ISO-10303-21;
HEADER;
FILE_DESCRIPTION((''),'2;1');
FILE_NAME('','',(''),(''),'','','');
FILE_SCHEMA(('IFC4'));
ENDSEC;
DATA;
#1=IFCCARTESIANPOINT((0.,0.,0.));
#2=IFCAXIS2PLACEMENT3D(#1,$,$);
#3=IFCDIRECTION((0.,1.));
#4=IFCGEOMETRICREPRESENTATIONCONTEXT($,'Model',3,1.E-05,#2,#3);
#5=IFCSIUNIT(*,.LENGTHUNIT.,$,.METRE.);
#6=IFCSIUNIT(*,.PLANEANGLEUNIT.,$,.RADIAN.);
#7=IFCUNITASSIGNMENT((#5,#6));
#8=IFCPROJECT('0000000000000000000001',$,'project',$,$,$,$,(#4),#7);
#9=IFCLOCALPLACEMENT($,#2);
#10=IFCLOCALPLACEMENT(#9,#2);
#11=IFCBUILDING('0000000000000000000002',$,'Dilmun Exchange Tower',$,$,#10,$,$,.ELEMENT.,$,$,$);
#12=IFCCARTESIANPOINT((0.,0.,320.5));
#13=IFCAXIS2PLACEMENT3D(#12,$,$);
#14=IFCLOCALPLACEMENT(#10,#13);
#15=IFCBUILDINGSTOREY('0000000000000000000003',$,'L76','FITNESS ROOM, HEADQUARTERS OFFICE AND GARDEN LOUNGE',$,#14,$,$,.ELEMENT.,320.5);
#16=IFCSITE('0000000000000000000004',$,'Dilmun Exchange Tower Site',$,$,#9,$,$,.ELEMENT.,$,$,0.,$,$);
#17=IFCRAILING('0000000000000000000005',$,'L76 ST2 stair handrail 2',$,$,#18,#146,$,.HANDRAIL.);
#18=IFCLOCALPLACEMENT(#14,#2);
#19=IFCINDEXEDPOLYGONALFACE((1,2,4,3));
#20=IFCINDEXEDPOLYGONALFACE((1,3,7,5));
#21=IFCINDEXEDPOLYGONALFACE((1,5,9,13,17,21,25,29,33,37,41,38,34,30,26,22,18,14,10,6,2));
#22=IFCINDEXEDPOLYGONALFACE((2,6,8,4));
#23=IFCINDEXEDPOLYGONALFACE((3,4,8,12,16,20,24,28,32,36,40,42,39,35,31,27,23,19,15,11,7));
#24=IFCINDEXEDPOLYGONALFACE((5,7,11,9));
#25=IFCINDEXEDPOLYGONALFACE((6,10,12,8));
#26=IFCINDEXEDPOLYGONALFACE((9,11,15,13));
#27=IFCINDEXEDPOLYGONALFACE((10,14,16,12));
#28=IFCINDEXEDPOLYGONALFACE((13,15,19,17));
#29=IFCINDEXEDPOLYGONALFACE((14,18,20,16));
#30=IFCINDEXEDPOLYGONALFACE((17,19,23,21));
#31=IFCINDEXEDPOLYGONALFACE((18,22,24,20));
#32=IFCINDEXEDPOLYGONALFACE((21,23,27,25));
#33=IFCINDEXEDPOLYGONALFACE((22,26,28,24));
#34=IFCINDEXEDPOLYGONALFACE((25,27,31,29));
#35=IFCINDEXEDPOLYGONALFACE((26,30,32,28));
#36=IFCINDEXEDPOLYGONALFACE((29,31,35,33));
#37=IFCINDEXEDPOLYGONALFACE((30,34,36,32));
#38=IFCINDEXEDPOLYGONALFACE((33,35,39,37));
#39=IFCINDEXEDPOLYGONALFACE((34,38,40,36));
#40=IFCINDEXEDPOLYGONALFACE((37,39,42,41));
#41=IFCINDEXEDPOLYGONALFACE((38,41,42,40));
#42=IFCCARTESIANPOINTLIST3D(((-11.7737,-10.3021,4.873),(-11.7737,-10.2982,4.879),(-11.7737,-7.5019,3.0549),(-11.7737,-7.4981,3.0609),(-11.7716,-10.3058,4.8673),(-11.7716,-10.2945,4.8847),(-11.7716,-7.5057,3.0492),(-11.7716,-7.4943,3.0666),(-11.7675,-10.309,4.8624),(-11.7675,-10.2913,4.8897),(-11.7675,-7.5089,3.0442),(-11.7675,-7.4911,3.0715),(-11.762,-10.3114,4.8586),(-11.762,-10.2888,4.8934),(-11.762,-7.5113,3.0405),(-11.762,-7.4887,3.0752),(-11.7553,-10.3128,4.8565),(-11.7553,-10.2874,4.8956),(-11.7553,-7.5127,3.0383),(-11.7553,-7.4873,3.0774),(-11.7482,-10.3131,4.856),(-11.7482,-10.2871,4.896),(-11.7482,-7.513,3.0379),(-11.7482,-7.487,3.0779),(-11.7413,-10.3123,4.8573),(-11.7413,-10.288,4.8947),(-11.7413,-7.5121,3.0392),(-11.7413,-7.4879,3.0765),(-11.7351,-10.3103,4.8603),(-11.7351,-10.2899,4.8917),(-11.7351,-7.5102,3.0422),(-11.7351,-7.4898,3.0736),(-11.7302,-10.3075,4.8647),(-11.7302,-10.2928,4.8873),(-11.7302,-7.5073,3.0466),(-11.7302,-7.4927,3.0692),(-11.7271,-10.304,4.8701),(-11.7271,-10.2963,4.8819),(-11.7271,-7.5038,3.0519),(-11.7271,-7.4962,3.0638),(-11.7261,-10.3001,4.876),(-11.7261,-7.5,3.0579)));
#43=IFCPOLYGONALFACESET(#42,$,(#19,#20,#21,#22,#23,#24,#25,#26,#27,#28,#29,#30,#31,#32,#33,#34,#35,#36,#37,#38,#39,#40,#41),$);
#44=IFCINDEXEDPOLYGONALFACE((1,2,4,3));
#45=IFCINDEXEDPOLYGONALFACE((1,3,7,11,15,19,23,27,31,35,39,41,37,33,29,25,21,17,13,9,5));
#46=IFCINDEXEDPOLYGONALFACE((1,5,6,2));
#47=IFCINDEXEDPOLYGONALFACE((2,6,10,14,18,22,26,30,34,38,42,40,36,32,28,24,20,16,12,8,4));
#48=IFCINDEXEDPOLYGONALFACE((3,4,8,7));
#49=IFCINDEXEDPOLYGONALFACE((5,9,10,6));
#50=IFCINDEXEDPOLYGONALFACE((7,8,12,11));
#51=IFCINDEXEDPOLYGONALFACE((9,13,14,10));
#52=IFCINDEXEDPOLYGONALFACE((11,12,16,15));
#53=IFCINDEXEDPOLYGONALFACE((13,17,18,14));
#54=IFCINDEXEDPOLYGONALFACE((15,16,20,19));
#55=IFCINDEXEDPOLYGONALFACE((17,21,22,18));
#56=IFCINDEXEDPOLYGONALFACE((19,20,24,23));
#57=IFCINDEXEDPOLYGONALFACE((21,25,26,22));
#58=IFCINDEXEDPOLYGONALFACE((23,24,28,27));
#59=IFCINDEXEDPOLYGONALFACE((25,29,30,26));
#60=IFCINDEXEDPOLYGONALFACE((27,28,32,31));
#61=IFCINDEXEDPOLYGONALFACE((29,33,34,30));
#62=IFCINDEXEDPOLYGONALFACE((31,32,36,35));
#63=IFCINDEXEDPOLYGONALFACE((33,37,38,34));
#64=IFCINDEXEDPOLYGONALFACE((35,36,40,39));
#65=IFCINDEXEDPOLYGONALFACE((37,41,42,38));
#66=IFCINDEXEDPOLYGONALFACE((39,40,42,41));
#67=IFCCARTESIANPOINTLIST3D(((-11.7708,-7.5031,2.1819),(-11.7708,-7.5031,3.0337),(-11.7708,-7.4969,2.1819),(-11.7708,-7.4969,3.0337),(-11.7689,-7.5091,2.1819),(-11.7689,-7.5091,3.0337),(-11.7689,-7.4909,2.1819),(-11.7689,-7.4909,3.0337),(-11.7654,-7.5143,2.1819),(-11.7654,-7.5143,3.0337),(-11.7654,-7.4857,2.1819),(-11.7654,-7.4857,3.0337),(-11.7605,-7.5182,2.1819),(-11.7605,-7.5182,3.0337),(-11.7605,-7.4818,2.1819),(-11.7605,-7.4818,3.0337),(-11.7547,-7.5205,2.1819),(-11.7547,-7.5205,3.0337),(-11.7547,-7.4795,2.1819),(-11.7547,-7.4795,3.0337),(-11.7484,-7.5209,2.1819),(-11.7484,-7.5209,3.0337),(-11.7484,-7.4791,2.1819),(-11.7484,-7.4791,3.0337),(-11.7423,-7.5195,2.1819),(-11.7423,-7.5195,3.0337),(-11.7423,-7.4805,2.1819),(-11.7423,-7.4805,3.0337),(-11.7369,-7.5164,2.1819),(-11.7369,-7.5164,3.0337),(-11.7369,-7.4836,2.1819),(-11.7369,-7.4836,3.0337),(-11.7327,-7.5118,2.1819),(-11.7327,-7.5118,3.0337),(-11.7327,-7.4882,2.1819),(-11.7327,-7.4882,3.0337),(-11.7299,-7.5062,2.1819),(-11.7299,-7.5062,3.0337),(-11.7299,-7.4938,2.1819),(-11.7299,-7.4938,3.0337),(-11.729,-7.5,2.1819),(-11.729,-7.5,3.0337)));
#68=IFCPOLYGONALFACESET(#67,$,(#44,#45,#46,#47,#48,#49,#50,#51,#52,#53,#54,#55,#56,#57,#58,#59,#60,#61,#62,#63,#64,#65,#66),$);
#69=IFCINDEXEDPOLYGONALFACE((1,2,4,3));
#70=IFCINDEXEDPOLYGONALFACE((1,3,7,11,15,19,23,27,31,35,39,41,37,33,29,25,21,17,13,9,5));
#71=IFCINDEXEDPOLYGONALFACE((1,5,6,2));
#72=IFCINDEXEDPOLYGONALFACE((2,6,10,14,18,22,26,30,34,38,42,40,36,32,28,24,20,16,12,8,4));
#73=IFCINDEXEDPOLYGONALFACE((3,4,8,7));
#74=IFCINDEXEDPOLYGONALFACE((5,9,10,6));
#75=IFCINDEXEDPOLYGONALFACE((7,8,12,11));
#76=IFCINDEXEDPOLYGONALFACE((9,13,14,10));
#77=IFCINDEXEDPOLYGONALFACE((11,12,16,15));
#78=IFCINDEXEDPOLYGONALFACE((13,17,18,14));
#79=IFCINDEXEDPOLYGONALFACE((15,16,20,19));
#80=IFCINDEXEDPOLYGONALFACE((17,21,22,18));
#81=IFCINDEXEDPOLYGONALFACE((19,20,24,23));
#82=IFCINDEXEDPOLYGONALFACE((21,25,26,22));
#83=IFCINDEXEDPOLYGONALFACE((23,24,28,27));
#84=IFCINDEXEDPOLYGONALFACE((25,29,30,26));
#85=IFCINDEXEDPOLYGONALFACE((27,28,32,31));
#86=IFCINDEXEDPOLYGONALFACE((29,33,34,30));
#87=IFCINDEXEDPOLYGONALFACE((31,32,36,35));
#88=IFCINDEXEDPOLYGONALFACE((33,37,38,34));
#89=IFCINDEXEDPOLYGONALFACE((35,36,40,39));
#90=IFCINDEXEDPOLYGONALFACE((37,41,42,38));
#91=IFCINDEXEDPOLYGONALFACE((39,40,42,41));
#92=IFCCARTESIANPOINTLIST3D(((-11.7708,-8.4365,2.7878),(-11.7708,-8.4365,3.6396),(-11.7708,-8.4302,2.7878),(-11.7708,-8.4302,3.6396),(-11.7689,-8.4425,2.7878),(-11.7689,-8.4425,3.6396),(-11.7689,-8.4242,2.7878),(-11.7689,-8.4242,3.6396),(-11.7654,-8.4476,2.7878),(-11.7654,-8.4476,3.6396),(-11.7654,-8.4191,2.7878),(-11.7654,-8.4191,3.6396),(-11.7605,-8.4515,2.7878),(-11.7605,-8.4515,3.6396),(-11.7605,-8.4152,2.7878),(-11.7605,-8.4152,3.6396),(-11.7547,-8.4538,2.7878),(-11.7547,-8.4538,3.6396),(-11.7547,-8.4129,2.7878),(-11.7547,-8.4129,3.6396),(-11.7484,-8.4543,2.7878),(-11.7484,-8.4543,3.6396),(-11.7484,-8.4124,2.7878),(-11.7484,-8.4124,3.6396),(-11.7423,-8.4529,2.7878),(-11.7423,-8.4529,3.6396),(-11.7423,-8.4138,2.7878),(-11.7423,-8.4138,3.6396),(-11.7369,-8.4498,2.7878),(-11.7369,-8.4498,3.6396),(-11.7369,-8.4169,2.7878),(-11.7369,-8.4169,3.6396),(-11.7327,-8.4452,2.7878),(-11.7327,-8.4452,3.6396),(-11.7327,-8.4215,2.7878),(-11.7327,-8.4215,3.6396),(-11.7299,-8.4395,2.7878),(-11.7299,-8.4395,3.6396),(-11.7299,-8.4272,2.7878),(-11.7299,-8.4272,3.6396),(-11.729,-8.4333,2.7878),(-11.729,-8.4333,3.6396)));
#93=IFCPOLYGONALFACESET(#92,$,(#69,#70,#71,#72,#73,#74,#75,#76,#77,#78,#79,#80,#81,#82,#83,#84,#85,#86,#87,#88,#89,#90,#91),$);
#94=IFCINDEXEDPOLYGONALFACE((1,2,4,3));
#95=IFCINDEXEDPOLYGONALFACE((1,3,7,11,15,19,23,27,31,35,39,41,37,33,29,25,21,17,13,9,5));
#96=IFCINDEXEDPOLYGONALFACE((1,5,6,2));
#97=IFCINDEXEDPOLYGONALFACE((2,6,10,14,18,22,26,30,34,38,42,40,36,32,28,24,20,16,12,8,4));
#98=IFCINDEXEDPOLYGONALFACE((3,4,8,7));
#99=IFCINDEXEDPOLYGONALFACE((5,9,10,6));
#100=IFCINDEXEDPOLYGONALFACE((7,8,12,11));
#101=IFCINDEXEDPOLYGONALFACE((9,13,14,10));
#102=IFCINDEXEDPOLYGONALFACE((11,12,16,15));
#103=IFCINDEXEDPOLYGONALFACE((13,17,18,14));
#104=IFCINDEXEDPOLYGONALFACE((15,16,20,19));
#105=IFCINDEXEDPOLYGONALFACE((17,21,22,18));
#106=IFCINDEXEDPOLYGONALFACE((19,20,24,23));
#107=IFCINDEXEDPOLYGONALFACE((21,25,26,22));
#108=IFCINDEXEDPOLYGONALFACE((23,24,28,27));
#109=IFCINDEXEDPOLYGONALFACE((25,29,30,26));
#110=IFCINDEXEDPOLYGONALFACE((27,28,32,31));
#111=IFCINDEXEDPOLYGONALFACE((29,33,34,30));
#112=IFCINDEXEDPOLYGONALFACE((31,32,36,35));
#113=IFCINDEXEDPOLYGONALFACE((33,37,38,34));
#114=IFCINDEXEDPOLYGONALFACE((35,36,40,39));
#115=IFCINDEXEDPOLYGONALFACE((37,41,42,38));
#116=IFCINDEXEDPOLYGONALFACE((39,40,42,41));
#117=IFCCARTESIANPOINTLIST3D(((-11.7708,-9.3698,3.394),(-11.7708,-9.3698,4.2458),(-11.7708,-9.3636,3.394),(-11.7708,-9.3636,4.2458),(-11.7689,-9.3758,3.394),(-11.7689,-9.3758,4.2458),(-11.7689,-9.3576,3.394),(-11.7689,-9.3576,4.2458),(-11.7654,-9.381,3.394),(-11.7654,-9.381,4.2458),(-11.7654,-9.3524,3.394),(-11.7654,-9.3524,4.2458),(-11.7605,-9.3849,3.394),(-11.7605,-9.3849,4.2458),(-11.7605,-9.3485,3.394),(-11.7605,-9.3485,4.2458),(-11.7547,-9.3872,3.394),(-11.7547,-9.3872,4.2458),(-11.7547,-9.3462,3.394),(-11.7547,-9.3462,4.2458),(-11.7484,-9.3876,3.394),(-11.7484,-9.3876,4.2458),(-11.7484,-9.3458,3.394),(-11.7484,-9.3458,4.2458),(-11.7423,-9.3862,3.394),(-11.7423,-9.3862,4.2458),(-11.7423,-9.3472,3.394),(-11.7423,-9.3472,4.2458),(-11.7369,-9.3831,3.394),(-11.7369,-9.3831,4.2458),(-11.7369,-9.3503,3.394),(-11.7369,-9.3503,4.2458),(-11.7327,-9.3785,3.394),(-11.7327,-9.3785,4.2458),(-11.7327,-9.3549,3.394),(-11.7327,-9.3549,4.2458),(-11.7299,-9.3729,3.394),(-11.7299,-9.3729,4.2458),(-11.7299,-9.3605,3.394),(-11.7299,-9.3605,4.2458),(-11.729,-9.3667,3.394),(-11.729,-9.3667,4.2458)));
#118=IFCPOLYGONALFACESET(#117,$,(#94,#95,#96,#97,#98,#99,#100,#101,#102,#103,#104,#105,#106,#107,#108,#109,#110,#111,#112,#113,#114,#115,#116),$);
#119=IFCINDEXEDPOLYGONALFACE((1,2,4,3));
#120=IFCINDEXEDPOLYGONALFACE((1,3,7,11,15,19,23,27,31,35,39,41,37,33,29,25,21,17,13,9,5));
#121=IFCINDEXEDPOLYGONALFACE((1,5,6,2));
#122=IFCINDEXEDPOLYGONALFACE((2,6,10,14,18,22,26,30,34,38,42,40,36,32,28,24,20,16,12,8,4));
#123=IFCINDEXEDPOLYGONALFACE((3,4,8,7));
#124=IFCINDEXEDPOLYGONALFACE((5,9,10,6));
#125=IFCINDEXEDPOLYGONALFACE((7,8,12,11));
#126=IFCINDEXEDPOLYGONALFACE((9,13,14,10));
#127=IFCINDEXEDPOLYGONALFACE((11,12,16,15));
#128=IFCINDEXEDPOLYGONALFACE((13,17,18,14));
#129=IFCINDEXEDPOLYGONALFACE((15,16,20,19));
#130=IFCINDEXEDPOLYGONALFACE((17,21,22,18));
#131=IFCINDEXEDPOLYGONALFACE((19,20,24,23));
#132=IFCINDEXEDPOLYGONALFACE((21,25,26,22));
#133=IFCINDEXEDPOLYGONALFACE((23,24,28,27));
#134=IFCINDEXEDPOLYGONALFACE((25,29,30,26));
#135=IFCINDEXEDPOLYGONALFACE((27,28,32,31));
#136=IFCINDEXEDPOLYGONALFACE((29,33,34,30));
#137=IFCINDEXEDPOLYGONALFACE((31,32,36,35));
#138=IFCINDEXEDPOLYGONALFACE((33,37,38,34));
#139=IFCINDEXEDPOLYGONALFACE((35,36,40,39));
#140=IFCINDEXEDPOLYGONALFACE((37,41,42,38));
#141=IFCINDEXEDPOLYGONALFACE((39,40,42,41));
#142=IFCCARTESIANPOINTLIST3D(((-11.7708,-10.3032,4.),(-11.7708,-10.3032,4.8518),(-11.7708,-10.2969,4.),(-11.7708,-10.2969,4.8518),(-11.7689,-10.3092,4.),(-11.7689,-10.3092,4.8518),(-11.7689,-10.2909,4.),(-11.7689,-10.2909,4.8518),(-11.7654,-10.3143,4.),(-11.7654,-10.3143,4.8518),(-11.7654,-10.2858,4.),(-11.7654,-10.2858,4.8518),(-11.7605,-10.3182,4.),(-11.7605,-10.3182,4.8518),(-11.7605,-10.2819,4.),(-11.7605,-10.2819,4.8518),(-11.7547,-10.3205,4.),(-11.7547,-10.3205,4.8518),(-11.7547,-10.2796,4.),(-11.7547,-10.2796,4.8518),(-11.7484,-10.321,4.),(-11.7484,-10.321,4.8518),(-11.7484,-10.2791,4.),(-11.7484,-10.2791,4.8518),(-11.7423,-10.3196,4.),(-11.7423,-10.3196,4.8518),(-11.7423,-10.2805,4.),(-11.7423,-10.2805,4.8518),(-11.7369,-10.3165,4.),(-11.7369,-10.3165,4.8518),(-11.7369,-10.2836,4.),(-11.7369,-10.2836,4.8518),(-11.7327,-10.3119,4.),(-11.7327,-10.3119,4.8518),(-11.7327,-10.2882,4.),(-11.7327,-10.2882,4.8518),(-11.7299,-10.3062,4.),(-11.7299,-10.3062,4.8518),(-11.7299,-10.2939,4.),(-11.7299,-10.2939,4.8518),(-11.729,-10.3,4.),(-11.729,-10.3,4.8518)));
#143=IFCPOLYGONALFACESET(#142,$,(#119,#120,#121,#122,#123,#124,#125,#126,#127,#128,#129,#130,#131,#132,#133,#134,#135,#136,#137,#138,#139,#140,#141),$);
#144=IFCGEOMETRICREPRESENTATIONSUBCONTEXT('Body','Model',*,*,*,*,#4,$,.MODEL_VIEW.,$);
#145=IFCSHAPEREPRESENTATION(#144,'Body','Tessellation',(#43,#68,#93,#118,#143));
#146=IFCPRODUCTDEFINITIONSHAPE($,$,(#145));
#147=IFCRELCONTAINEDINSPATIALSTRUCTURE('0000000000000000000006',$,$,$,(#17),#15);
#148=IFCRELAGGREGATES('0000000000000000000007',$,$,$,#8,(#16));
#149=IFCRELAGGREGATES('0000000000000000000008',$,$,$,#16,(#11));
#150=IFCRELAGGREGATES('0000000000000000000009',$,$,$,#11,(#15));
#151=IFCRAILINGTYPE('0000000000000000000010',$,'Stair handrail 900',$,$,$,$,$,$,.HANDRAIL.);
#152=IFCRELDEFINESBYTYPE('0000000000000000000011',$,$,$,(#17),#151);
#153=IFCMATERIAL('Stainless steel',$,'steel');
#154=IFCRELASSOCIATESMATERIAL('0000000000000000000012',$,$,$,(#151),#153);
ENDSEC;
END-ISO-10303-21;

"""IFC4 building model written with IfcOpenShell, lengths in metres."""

from ifc_helpers import new_model, si_unit, direction, frame, origin, origin_2d, place, context, subcontext, project, spatial, circle, extrude, material, type_object, element, save


model = new_model("IFC4")

# Units and contexts
model_context = context("Model", 3, precision=1e-05, world=origin(), true_north=direction((0.0, 1.0)))
body_context = subcontext(model_context, "Body", "Model", "MODEL_VIEW")
ifc_project = project(units=[si_unit("LENGTHUNIT", "METRE"), si_unit("PLANEANGLEUNIT", "RADIAN")], contexts=[model_context])

# Site, building, storey
site_placement = place(None, origin())
site = spatial("IfcSite", under=ifc_project, at=site_placement, Name="Dilmun Exchange Tower Site", CompositionType="ELEMENT", RefElevation=0.0)
building_placement = place(site_placement, origin())
building = spatial("IfcBuilding", under=site, at=building_placement, Name="Dilmun Exchange Tower", CompositionType="ELEMENT")
storey_placement = place(building_placement, frame((0.0, 0.0, 320.5)))
storey = spatial("IfcBuildingStorey", under=building, at=storey_placement, Name="L76", Description="FITNESS ROOM, HEADQUARTERS OFFICE AND GARDEN LOUNGE", CompositionType="ELEMENT", Elevation=320.5)

# Railing
ifc_material_1 = material(Name="Stainless steel", Category="steel")
railing_type = type_object("IfcRailingType", Name="Stair handrail 900", PredefinedType="HANDRAIL", material=ifc_material_1)
railing_placement = place(storey_placement, frame((-11.75, -7.5, 2.1819)))
element("IfcRailing", 1, at=railing_placement, inside=storey, type_object=railing_type, Name="L76 ST2 stair handrail 2", PredefinedType="HANDRAIL", context=body_context, shape_type="SweptSolid", body=[
    extrude(circle(Radius=0.0239, at=origin_2d()), frame((0.0, 0.0, 0.876), z_axis=(0.0, -0.838706, 0.544585), x_axis=(1.0, 0.0, 0.0)), (0.0, 0.0, 1.0), 3.3386),
    extrude(circle(Radius=0.021, at=origin_2d()), origin(), (0.0, 0.0, 1.0), 0.8518),
    extrude(circle(Radius=0.021, at=origin_2d()), frame((0.0, -0.9333, 0.606)), (0.0, 0.0, 1.0), 0.8518),
    extrude(circle(Radius=0.021, at=origin_2d()), frame((0.0, -1.8667, 1.2122)), (0.0, 0.0, 1.0), 0.8518),
    extrude(circle(Radius=0.021, at=origin_2d()), frame((0.0, -2.8, 1.8181)), (0.0, 0.0, 1.0), 0.8518),
])

save(model, "model.ifc")
